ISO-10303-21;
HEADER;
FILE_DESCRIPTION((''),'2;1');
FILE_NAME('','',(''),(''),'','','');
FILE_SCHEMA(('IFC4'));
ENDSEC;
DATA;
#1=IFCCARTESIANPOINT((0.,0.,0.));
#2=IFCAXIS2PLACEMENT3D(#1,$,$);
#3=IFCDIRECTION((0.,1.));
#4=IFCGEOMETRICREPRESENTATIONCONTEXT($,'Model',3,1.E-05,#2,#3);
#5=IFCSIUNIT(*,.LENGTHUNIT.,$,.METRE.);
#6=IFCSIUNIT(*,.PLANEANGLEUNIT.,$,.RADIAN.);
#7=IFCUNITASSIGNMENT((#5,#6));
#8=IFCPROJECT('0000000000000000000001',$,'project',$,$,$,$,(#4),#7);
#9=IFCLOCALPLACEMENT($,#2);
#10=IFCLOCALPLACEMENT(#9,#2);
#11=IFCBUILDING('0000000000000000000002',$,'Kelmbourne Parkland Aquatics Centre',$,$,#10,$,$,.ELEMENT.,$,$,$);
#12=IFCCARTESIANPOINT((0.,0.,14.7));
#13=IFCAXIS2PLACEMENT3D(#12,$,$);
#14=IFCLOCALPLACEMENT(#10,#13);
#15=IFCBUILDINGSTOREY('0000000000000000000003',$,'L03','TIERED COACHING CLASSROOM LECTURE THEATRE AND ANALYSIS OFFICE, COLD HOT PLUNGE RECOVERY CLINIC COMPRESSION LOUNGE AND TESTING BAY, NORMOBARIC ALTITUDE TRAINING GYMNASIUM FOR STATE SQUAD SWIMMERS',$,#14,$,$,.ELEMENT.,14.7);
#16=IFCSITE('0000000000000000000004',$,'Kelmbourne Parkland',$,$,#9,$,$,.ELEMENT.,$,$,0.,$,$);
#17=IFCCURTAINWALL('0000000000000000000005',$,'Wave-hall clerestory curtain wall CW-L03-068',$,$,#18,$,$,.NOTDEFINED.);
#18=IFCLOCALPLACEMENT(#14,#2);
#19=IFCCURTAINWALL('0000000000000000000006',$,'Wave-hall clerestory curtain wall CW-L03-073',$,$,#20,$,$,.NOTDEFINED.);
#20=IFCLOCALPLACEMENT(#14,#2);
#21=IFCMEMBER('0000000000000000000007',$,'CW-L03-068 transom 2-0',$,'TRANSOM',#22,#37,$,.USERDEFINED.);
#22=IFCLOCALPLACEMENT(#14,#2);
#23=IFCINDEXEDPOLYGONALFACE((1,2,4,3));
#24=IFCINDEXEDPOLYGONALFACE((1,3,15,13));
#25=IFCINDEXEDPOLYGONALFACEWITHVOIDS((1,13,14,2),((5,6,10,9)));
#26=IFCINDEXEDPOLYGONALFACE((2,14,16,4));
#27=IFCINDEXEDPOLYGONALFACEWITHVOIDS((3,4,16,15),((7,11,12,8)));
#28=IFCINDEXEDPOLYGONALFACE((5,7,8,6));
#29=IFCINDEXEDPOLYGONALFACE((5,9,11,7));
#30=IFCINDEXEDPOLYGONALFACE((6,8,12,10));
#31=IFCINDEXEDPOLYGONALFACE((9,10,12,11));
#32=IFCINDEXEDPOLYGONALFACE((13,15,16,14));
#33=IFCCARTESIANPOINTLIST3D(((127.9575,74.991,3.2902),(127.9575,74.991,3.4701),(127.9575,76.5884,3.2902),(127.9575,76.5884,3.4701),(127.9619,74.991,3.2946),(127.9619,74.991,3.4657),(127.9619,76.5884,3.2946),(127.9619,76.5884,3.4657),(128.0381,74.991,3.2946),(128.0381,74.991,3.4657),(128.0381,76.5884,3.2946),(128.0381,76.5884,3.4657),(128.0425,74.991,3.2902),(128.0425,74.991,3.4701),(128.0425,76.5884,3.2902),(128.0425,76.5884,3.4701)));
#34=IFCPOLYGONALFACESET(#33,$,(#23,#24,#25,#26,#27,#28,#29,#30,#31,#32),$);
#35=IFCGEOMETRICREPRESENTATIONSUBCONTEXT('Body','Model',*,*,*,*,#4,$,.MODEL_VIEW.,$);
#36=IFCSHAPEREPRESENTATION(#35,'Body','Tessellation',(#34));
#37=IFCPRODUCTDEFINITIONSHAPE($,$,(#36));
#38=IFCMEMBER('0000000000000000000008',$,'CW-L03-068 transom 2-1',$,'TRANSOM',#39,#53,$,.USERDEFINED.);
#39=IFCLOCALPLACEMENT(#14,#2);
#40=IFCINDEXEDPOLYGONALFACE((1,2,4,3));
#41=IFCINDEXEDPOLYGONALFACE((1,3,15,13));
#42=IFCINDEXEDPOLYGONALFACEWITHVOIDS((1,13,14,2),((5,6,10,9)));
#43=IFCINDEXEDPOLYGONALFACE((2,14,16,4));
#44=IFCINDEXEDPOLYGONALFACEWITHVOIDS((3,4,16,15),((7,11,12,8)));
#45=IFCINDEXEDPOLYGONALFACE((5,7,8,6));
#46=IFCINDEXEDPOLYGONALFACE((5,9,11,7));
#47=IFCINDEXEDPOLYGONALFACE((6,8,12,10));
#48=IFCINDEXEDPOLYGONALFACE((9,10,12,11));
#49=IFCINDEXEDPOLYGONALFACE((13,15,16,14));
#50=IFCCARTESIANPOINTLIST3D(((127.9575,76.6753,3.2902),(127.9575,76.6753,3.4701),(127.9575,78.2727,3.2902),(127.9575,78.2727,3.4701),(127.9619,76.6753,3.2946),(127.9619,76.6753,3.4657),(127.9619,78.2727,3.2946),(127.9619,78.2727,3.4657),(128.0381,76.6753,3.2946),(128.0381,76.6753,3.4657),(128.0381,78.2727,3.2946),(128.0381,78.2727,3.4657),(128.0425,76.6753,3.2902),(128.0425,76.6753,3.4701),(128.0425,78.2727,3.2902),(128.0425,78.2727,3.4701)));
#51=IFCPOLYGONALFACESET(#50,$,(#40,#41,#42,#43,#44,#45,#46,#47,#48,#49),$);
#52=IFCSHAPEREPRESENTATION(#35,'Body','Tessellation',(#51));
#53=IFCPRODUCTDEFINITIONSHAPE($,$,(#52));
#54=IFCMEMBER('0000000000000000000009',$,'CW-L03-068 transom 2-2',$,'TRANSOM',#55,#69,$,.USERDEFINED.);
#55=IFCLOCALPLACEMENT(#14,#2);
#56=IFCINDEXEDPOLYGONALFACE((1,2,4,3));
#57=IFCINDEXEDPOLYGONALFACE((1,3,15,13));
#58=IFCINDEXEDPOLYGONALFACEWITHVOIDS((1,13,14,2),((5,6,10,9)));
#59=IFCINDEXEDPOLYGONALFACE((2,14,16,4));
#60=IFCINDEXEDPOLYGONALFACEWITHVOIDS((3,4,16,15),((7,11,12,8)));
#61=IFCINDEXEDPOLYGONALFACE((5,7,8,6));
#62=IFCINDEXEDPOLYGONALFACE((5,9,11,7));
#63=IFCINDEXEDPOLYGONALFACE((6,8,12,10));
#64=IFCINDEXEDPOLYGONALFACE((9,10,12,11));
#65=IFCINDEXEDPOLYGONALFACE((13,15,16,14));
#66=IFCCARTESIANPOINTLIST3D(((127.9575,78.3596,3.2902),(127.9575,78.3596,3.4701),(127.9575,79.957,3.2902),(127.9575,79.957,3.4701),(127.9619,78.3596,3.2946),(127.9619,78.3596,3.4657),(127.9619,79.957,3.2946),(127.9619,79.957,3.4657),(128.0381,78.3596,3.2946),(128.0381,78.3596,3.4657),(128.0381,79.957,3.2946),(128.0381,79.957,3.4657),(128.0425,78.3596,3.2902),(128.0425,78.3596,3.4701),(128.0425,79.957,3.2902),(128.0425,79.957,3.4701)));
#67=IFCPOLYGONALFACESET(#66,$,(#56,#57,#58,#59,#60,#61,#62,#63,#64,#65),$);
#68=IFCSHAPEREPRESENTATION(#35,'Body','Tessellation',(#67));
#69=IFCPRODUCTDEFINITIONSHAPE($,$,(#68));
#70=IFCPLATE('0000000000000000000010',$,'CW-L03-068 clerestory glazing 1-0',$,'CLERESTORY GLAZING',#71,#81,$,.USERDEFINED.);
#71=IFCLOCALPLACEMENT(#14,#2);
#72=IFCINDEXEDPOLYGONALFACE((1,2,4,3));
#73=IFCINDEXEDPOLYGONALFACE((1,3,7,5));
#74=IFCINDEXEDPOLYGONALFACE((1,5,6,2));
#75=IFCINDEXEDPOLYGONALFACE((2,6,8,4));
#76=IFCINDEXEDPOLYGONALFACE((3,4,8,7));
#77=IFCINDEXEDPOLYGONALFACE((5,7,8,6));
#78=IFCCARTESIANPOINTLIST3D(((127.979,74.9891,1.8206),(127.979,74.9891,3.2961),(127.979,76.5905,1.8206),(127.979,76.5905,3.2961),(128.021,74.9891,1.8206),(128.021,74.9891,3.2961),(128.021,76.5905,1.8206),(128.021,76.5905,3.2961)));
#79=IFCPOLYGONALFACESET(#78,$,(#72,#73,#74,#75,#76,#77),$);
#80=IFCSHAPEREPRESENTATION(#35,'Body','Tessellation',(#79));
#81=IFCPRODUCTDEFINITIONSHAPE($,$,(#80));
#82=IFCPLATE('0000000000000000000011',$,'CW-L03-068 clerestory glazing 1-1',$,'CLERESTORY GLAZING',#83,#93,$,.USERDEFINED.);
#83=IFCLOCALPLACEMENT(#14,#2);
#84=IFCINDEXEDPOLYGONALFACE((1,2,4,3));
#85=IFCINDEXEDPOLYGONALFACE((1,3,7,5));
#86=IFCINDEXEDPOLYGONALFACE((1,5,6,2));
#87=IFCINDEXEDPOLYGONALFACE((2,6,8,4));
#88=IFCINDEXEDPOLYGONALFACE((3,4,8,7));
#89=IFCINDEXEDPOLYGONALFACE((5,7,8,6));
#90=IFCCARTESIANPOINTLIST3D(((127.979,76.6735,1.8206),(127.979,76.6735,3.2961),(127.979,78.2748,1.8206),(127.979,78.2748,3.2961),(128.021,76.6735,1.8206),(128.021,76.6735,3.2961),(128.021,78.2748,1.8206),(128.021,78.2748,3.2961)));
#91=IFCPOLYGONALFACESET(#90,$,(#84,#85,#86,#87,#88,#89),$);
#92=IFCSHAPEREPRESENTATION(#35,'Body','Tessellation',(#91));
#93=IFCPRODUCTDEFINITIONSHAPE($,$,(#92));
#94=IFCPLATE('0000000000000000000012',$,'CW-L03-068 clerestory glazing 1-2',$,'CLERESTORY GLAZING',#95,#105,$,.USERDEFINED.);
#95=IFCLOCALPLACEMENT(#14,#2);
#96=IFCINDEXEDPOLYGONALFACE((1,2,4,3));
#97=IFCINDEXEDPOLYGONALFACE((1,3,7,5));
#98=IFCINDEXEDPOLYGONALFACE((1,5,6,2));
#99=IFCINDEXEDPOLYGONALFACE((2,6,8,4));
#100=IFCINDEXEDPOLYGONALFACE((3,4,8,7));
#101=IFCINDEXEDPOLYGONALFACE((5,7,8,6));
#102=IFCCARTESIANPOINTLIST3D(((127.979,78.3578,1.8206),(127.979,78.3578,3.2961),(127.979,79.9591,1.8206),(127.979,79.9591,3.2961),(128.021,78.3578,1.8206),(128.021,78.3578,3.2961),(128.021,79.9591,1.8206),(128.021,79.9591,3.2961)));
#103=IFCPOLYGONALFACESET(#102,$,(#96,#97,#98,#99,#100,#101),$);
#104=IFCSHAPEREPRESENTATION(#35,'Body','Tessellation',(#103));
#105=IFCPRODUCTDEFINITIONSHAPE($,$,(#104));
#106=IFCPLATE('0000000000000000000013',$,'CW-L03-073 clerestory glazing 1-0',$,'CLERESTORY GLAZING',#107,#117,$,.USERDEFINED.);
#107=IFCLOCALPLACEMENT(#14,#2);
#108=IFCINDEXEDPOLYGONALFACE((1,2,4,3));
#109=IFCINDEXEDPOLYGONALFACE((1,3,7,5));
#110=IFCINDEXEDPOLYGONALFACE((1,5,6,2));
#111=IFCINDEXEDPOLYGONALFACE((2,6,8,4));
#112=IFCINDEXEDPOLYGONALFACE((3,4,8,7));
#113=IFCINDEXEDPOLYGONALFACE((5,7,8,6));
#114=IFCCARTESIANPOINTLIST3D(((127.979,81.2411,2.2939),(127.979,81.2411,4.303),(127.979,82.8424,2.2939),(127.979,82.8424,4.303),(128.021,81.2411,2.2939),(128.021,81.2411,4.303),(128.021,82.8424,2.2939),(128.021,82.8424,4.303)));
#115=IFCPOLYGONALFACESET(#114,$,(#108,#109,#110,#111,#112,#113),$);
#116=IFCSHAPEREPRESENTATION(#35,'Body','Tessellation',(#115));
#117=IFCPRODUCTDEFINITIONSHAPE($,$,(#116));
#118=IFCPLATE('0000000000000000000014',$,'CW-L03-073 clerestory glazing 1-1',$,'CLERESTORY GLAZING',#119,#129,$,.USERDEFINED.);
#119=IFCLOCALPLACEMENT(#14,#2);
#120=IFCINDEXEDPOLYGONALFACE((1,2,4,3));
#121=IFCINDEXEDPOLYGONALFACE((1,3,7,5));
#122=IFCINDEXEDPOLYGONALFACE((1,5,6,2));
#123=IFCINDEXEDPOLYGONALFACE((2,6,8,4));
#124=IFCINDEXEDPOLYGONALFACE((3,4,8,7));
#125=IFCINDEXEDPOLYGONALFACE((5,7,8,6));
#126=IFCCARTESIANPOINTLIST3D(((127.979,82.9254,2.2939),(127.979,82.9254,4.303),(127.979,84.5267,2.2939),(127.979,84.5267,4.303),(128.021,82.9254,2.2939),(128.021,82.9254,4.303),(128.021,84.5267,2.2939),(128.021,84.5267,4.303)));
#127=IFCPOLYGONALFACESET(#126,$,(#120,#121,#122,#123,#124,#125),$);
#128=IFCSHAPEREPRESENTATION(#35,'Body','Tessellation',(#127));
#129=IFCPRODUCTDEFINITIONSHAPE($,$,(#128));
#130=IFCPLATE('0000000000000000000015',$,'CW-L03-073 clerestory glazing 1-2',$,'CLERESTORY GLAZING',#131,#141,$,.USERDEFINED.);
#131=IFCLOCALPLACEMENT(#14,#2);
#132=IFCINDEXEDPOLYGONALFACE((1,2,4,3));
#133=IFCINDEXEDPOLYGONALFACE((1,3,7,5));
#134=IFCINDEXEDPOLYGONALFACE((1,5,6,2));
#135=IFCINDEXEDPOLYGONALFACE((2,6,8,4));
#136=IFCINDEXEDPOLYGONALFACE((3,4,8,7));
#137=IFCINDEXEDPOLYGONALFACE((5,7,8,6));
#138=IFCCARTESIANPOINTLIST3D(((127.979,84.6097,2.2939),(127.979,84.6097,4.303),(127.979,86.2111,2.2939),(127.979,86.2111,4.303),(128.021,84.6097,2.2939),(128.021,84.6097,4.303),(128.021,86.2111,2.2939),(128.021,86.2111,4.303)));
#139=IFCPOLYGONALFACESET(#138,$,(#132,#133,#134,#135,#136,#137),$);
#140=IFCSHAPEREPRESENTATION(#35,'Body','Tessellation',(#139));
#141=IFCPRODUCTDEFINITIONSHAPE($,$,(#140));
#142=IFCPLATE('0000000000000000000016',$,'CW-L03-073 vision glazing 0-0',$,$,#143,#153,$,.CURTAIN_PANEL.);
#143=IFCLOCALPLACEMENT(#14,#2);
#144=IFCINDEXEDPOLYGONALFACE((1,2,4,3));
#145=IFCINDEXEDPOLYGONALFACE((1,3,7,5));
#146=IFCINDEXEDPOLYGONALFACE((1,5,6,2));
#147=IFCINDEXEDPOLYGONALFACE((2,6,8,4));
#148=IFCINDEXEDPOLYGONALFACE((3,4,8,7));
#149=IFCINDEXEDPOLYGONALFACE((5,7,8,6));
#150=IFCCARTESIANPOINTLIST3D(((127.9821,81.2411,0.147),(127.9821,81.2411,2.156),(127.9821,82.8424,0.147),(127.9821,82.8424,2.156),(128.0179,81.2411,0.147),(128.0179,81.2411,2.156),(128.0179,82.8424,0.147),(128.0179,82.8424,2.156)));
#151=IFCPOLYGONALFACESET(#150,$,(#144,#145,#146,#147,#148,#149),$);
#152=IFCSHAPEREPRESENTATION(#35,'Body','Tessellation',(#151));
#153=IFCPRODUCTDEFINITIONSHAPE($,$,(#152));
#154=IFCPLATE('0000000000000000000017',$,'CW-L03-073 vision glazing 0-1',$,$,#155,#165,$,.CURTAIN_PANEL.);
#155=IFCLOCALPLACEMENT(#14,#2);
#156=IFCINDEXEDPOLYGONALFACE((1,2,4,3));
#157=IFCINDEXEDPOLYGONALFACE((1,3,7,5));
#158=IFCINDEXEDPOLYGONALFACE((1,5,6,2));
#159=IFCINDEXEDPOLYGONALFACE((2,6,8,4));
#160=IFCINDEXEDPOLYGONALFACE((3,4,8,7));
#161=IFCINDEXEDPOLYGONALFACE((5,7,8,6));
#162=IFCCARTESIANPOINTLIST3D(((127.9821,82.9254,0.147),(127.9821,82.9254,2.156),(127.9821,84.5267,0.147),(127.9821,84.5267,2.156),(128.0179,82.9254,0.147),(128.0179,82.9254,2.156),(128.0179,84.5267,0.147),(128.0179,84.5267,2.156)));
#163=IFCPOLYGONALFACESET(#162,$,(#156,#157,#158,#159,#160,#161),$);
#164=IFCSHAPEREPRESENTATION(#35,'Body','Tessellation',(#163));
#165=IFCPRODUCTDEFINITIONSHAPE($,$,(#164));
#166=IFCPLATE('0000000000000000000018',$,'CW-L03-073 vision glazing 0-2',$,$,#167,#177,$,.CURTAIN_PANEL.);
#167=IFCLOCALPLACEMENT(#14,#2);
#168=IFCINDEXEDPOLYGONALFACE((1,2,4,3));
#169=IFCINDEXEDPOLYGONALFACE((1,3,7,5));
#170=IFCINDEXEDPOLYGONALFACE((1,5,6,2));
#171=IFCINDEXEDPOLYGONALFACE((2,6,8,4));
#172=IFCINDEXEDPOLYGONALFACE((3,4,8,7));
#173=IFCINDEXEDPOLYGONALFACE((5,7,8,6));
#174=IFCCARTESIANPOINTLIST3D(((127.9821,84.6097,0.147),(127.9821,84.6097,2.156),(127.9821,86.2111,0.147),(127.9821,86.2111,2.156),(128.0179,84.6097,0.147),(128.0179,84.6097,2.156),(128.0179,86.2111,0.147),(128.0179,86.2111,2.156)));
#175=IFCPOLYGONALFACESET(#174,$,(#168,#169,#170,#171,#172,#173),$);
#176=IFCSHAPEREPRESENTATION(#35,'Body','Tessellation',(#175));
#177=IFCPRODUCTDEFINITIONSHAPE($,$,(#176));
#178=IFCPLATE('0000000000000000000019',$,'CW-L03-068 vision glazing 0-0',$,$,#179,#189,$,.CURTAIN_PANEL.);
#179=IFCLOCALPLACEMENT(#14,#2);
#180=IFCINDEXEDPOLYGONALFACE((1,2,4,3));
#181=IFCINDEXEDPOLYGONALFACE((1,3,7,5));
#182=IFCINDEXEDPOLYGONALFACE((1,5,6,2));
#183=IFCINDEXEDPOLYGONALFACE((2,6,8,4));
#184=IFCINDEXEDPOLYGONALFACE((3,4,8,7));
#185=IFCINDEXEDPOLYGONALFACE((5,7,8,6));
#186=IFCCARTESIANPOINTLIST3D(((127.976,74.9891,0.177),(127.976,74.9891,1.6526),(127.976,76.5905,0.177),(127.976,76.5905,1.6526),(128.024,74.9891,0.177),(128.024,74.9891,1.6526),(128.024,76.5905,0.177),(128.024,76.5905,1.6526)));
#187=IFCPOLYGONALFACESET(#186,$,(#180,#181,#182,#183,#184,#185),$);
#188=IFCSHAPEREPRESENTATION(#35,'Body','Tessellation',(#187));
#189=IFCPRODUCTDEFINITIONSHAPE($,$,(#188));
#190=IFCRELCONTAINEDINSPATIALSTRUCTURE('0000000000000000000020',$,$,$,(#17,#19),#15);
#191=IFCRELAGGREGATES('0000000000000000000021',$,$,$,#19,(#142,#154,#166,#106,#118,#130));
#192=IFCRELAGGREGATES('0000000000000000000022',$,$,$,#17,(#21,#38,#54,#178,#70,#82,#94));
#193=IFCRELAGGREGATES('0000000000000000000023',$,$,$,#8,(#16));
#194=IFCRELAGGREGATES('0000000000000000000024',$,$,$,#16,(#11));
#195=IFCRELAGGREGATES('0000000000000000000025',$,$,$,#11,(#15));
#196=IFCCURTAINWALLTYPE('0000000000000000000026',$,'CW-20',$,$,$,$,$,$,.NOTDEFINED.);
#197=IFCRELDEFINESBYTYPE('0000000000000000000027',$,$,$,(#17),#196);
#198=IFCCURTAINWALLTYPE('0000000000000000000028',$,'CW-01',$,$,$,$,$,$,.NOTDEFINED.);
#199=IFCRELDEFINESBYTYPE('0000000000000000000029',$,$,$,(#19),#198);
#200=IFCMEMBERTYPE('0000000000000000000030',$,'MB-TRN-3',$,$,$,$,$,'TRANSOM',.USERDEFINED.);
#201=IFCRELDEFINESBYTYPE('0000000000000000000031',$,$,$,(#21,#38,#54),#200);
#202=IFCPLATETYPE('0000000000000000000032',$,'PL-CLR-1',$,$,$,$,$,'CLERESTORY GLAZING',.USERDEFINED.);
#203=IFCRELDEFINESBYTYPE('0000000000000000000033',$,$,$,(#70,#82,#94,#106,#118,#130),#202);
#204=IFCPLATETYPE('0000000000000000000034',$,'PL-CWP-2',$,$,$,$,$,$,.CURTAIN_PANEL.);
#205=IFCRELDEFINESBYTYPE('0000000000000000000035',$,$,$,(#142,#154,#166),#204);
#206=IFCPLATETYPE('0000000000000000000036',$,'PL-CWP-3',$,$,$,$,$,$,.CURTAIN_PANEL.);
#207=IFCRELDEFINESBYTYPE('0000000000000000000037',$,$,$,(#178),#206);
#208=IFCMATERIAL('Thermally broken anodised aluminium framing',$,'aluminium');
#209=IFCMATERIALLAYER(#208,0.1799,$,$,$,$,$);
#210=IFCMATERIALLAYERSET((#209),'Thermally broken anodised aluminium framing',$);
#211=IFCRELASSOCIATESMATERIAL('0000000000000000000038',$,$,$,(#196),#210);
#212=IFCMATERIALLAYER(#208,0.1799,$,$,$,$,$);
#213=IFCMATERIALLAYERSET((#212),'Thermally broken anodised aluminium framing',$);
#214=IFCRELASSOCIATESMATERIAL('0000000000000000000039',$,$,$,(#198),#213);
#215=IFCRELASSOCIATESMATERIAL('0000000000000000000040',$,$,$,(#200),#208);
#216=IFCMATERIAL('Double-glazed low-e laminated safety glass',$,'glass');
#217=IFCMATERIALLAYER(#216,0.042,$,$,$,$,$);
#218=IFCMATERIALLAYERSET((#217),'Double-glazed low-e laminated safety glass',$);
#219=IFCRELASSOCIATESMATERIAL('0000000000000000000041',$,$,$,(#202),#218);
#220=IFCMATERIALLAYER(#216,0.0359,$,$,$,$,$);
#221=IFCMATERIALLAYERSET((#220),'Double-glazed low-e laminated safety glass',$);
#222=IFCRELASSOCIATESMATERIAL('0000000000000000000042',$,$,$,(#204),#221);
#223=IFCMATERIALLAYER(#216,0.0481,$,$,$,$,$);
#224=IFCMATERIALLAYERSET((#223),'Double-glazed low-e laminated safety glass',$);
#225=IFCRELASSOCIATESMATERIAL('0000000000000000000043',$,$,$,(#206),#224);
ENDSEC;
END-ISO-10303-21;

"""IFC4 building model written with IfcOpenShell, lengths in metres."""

from ifc_helpers import new_model, si_unit, direction, frame, origin, origin_2d, place, context, subcontext, project, spatial, rectangle, hollow_rectangle, extrude, material, layer, layer_set, material_profile, profile_set, type_object, element, aggregate, save


model = new_model("IFC4")

# Units and contexts
model_context = context("Model", 3, precision=1e-05, world=origin(), true_north=direction((0.0, 1.0)))
body_context = subcontext(model_context, "Body", "Model", "MODEL_VIEW")
ifc_project = project(units=[si_unit("LENGTHUNIT", "METRE"), si_unit("PLANEANGLEUNIT", "RADIAN")], contexts=[model_context])

# Site, building, storey
site_placement = place(None, origin())
site = spatial("IfcSite", under=ifc_project, at=site_placement, Name="Kelmbourne Parkland", CompositionType="ELEMENT", RefElevation=0.0)
building_placement = place(site_placement, origin())
building = spatial("IfcBuilding", under=site, at=building_placement, Name="Kelmbourne Parkland Aquatics Centre", CompositionType="ELEMENT")
storey_placement = place(building_placement, frame((0.0, 0.0, 14.7)))
storey = spatial("IfcBuildingStorey", under=building, at=storey_placement, Name="L03", Description="TIERED COACHING CLASSROOM LECTURE THEATRE AND ANALYSIS OFFICE, COLD HOT PLUNGE RECOVERY CLINIC COMPRESSION LOUNGE AND TESTING BAY, NORMOBARIC ALTITUDE TRAINING GYMNASIUM FOR STATE SQUAD SWIMMERS", CompositionType="ELEMENT", Elevation=14.7)

# Curtain walls
ifc_material_1 = material(Name="Thermally broken anodised aluminium framing", Category="aluminium")
ifc_layer_1 = layer(ifc_material_1, 0.1799)
ifc_layer_set_1 = layer_set([ifc_layer_1], Name="Thermally broken anodised aluminium framing")
curtain_wall_type_1 = type_object("IfcCurtainWallType", Name="CW-20", PredefinedType="NOTDEFINED", material=ifc_layer_set_1)
curtain_wall_1_placement = place(storey_placement, origin())
curtain_wall_1 = element("IfcCurtainWall", 1, at=curtain_wall_1_placement, inside=storey, type_object=curtain_wall_type_1, Name="Wave-hall clerestory curtain wall CW-L03-068", PredefinedType="NOTDEFINED")
ifc_layer_2 = layer(ifc_material_1, 0.1799)
ifc_layer_set_2 = layer_set([ifc_layer_2], Name="Thermally broken anodised aluminium framing")
curtain_wall_type_2 = type_object("IfcCurtainWallType", Name="CW-01", PredefinedType="NOTDEFINED", material=ifc_layer_set_2)
curtain_wall_2_placement = place(storey_placement, origin())
curtain_wall_2 = element("IfcCurtainWall", 2, at=curtain_wall_2_placement, inside=storey, type_object=curtain_wall_type_2, Name="Wave-hall clerestory curtain wall CW-L03-073", PredefinedType="NOTDEFINED")

# Members
ifc_material_profile_1 = material_profile(ifc_material_1, hollow_rectangle(XDim=0.085, YDim=0.1799, WallThickness=0.0044, at=origin_2d()), Name="CW-T 85x180")
ifc_profile_set_1 = profile_set([ifc_material_profile_1], Name="Thermally broken anodised aluminium framing")
member_type_1 = type_object("IfcMemberType", Name="MB-TRN-3", ElementType="TRANSOM", PredefinedType="USERDEFINED", material=ifc_profile_set_1)
member_1_placement = place(storey_placement, frame((128.0, 74.991, 3.3801), z_axis=(0.0, 1.0, 0.0), x_axis=(-1.0, 0.0, 0.0)))
member_1 = element("IfcMember", 3, at=member_1_placement, type_object=member_type_1, Name="CW-L03-068 transom 2-0", ObjectType="TRANSOM", PredefinedType="USERDEFINED", context=body_context, shape_type="SweptSolid", body=[
    extrude(hollow_rectangle(XDim=0.085, YDim=0.1799, WallThickness=0.0044, at=origin_2d()), origin(), (0.0, 0.0, 1.0), 1.5974),
])
member_2_placement = place(storey_placement, frame((128.0, 76.6753, 3.3801), z_axis=(0.0, 1.0, 0.0), x_axis=(-1.0, 0.0, 0.0)))
member_2 = element("IfcMember", 4, at=member_2_placement, type_object=member_type_1, Name="CW-L03-068 transom 2-1", ObjectType="TRANSOM", PredefinedType="USERDEFINED", context=body_context, shape_type="SweptSolid", body=[
    extrude(hollow_rectangle(XDim=0.085, YDim=0.1799, WallThickness=0.0044, at=origin_2d()), origin(), (0.0, 0.0, 1.0), 1.5974),
])
member_3_placement = place(storey_placement, frame((128.0, 78.3596, 3.3801), z_axis=(0.0, 1.0, 0.0), x_axis=(-1.0, 0.0, 0.0)))
member_3 = element("IfcMember", 5, at=member_3_placement, type_object=member_type_1, Name="CW-L03-068 transom 2-2", ObjectType="TRANSOM", PredefinedType="USERDEFINED", context=body_context, shape_type="SweptSolid", body=[
    extrude(hollow_rectangle(XDim=0.085, YDim=0.1799, WallThickness=0.0044, at=origin_2d()), origin(), (0.0, 0.0, 1.0), 1.5974),
])

# Plates
ifc_material_2 = material(Name="Double-glazed low-e laminated safety glass", Category="glass")
ifc_layer_3 = layer(ifc_material_2, 0.042)
ifc_layer_set_3 = layer_set([ifc_layer_3], Name="Double-glazed low-e laminated safety glass")
plate_type_1 = type_object("IfcPlateType", Name="PL-CLR-1", ElementType="CLERESTORY GLAZING", PredefinedType="USERDEFINED", material=ifc_layer_set_3)
plate_1_placement = place(storey_placement, frame((128.0, 75.7898, 1.8206), z_axis=(0.0, 0.0, 1.0), x_axis=(0.0, 1.0, 0.0)))
plate_1 = element("IfcPlate", 6, at=plate_1_placement, type_object=plate_type_1, Name="CW-L03-068 clerestory glazing 1-0", ObjectType="CLERESTORY GLAZING", PredefinedType="USERDEFINED", context=body_context, shape_type="SweptSolid", body=[
    extrude(rectangle(XDim=1.6013, YDim=0.042, at=origin_2d()), origin(), (0.0, 0.0, 1.0), 1.4756),
])
plate_2_placement = place(storey_placement, frame((128.0, 77.4741, 1.8206), z_axis=(0.0, 0.0, 1.0), x_axis=(0.0, 1.0, 0.0)))
plate_2 = element("IfcPlate", 7, at=plate_2_placement, type_object=plate_type_1, Name="CW-L03-068 clerestory glazing 1-1", ObjectType="CLERESTORY GLAZING", PredefinedType="USERDEFINED", context=body_context, shape_type="SweptSolid", body=[
    extrude(rectangle(XDim=1.6013, YDim=0.042, at=origin_2d()), origin(), (0.0, 0.0, 1.0), 1.4756),
])
plate_3_placement = place(storey_placement, frame((128.0, 79.1584, 1.8206), z_axis=(0.0, 0.0, 1.0), x_axis=(0.0, 1.0, 0.0)))
plate_3 = element("IfcPlate", 8, at=plate_3_placement, type_object=plate_type_1, Name="CW-L03-068 clerestory glazing 1-2", ObjectType="CLERESTORY GLAZING", PredefinedType="USERDEFINED", context=body_context, shape_type="SweptSolid", body=[
    extrude(rectangle(XDim=1.6013, YDim=0.042, at=origin_2d()), origin(), (0.0, 0.0, 1.0), 1.4756),
])
plate_4_placement = place(storey_placement, frame((128.0, 82.0417, 2.2939), z_axis=(0.0, 0.0, 1.0), x_axis=(0.0, 1.0, 0.0)))
plate_4 = element("IfcPlate", 9, at=plate_4_placement, type_object=plate_type_1, Name="CW-L03-073 clerestory glazing 1-0", ObjectType="CLERESTORY GLAZING", PredefinedType="USERDEFINED", context=body_context, shape_type="SweptSolid", body=[
    extrude(rectangle(XDim=1.6013, YDim=0.042, at=origin_2d()), origin(), (0.0, 0.0, 1.0), 2.009),
])
plate_5_placement = place(storey_placement, frame((128.0, 83.7261, 2.2939), z_axis=(0.0, 0.0, 1.0), x_axis=(0.0, 1.0, 0.0)))
plate_5 = element("IfcPlate", 10, at=plate_5_placement, type_object=plate_type_1, Name="CW-L03-073 clerestory glazing 1-1", ObjectType="CLERESTORY GLAZING", PredefinedType="USERDEFINED", context=body_context, shape_type="SweptSolid", body=[
    extrude(rectangle(XDim=1.6013, YDim=0.042, at=origin_2d()), origin(), (0.0, 0.0, 1.0), 2.009),
])
plate_6_placement = place(storey_placement, frame((128.0, 85.4104, 2.2939), z_axis=(0.0, 0.0, 1.0), x_axis=(0.0, 1.0, 0.0)))
plate_6 = element("IfcPlate", 11, at=plate_6_placement, type_object=plate_type_1, Name="CW-L03-073 clerestory glazing 1-2", ObjectType="CLERESTORY GLAZING", PredefinedType="USERDEFINED", context=body_context, shape_type="SweptSolid", body=[
    extrude(rectangle(XDim=1.6013, YDim=0.042, at=origin_2d()), origin(), (0.0, 0.0, 1.0), 2.009),
])
ifc_layer_4 = layer(ifc_material_2, 0.0359)
ifc_layer_set_4 = layer_set([ifc_layer_4], Name="Double-glazed low-e laminated safety glass")
plate_type_2 = type_object("IfcPlateType", Name="PL-CWP-2", PredefinedType="CURTAIN_PANEL", material=ifc_layer_set_4)
plate_7_placement = place(storey_placement, frame((128.0, 82.0417, 0.147), z_axis=(0.0, 0.0, 1.0), x_axis=(0.0, 1.0, 0.0)))
plate_7 = element("IfcPlate", 12, at=plate_7_placement, type_object=plate_type_2, Name="CW-L03-073 vision glazing 0-0", PredefinedType="CURTAIN_PANEL", context=body_context, shape_type="SweptSolid", body=[
    extrude(rectangle(XDim=1.6013, YDim=0.0359, at=origin_2d()), origin(), (0.0, 0.0, 1.0), 2.009),
])
plate_8_placement = place(storey_placement, frame((128.0, 83.7261, 0.147), z_axis=(0.0, 0.0, 1.0), x_axis=(0.0, 1.0, 0.0)))
plate_8 = element("IfcPlate", 13, at=plate_8_placement, type_object=plate_type_2, Name="CW-L03-073 vision glazing 0-1", PredefinedType="CURTAIN_PANEL", context=body_context, shape_type="SweptSolid", body=[
    extrude(rectangle(XDim=1.6013, YDim=0.0359, at=origin_2d()), origin(), (0.0, 0.0, 1.0), 2.009),
])
plate_9_placement = place(storey_placement, frame((128.0, 85.4104, 0.147), z_axis=(0.0, 0.0, 1.0), x_axis=(0.0, 1.0, 0.0)))
plate_9 = element("IfcPlate", 14, at=plate_9_placement, type_object=plate_type_2, Name="CW-L03-073 vision glazing 0-2", PredefinedType="CURTAIN_PANEL", context=body_context, shape_type="SweptSolid", body=[
    extrude(rectangle(XDim=1.6013, YDim=0.0359, at=origin_2d()), origin(), (0.0, 0.0, 1.0), 2.009),
])
aggregate(curtain_wall_2, [plate_7, plate_8, plate_9, plate_4, plate_5, plate_6])
ifc_layer_5 = layer(ifc_material_2, 0.0481)
ifc_layer_set_5 = layer_set([ifc_layer_5], Name="Double-glazed low-e laminated safety glass")
plate_type_3 = type_object("IfcPlateType", Name="PL-CWP-3", PredefinedType="CURTAIN_PANEL", material=ifc_layer_set_5)
plate_10_placement = place(storey_placement, frame((128.0, 75.7898, 0.177), z_axis=(0.0, 0.0, 1.0), x_axis=(0.0, 1.0, 0.0)))
plate_10 = element("IfcPlate", 15, at=plate_10_placement, type_object=plate_type_3, Name="CW-L03-068 vision glazing 0-0", PredefinedType="CURTAIN_PANEL", context=body_context, shape_type="SweptSolid", body=[
    extrude(rectangle(XDim=1.6013, YDim=0.0481, at=origin_2d()), origin(), (0.0, 0.0, 1.0), 1.4756),
])
aggregate(curtain_wall_1, [member_1, member_2, member_3, plate_10, plate_1, plate_2, plate_3])

save(model, "model.ifc")
